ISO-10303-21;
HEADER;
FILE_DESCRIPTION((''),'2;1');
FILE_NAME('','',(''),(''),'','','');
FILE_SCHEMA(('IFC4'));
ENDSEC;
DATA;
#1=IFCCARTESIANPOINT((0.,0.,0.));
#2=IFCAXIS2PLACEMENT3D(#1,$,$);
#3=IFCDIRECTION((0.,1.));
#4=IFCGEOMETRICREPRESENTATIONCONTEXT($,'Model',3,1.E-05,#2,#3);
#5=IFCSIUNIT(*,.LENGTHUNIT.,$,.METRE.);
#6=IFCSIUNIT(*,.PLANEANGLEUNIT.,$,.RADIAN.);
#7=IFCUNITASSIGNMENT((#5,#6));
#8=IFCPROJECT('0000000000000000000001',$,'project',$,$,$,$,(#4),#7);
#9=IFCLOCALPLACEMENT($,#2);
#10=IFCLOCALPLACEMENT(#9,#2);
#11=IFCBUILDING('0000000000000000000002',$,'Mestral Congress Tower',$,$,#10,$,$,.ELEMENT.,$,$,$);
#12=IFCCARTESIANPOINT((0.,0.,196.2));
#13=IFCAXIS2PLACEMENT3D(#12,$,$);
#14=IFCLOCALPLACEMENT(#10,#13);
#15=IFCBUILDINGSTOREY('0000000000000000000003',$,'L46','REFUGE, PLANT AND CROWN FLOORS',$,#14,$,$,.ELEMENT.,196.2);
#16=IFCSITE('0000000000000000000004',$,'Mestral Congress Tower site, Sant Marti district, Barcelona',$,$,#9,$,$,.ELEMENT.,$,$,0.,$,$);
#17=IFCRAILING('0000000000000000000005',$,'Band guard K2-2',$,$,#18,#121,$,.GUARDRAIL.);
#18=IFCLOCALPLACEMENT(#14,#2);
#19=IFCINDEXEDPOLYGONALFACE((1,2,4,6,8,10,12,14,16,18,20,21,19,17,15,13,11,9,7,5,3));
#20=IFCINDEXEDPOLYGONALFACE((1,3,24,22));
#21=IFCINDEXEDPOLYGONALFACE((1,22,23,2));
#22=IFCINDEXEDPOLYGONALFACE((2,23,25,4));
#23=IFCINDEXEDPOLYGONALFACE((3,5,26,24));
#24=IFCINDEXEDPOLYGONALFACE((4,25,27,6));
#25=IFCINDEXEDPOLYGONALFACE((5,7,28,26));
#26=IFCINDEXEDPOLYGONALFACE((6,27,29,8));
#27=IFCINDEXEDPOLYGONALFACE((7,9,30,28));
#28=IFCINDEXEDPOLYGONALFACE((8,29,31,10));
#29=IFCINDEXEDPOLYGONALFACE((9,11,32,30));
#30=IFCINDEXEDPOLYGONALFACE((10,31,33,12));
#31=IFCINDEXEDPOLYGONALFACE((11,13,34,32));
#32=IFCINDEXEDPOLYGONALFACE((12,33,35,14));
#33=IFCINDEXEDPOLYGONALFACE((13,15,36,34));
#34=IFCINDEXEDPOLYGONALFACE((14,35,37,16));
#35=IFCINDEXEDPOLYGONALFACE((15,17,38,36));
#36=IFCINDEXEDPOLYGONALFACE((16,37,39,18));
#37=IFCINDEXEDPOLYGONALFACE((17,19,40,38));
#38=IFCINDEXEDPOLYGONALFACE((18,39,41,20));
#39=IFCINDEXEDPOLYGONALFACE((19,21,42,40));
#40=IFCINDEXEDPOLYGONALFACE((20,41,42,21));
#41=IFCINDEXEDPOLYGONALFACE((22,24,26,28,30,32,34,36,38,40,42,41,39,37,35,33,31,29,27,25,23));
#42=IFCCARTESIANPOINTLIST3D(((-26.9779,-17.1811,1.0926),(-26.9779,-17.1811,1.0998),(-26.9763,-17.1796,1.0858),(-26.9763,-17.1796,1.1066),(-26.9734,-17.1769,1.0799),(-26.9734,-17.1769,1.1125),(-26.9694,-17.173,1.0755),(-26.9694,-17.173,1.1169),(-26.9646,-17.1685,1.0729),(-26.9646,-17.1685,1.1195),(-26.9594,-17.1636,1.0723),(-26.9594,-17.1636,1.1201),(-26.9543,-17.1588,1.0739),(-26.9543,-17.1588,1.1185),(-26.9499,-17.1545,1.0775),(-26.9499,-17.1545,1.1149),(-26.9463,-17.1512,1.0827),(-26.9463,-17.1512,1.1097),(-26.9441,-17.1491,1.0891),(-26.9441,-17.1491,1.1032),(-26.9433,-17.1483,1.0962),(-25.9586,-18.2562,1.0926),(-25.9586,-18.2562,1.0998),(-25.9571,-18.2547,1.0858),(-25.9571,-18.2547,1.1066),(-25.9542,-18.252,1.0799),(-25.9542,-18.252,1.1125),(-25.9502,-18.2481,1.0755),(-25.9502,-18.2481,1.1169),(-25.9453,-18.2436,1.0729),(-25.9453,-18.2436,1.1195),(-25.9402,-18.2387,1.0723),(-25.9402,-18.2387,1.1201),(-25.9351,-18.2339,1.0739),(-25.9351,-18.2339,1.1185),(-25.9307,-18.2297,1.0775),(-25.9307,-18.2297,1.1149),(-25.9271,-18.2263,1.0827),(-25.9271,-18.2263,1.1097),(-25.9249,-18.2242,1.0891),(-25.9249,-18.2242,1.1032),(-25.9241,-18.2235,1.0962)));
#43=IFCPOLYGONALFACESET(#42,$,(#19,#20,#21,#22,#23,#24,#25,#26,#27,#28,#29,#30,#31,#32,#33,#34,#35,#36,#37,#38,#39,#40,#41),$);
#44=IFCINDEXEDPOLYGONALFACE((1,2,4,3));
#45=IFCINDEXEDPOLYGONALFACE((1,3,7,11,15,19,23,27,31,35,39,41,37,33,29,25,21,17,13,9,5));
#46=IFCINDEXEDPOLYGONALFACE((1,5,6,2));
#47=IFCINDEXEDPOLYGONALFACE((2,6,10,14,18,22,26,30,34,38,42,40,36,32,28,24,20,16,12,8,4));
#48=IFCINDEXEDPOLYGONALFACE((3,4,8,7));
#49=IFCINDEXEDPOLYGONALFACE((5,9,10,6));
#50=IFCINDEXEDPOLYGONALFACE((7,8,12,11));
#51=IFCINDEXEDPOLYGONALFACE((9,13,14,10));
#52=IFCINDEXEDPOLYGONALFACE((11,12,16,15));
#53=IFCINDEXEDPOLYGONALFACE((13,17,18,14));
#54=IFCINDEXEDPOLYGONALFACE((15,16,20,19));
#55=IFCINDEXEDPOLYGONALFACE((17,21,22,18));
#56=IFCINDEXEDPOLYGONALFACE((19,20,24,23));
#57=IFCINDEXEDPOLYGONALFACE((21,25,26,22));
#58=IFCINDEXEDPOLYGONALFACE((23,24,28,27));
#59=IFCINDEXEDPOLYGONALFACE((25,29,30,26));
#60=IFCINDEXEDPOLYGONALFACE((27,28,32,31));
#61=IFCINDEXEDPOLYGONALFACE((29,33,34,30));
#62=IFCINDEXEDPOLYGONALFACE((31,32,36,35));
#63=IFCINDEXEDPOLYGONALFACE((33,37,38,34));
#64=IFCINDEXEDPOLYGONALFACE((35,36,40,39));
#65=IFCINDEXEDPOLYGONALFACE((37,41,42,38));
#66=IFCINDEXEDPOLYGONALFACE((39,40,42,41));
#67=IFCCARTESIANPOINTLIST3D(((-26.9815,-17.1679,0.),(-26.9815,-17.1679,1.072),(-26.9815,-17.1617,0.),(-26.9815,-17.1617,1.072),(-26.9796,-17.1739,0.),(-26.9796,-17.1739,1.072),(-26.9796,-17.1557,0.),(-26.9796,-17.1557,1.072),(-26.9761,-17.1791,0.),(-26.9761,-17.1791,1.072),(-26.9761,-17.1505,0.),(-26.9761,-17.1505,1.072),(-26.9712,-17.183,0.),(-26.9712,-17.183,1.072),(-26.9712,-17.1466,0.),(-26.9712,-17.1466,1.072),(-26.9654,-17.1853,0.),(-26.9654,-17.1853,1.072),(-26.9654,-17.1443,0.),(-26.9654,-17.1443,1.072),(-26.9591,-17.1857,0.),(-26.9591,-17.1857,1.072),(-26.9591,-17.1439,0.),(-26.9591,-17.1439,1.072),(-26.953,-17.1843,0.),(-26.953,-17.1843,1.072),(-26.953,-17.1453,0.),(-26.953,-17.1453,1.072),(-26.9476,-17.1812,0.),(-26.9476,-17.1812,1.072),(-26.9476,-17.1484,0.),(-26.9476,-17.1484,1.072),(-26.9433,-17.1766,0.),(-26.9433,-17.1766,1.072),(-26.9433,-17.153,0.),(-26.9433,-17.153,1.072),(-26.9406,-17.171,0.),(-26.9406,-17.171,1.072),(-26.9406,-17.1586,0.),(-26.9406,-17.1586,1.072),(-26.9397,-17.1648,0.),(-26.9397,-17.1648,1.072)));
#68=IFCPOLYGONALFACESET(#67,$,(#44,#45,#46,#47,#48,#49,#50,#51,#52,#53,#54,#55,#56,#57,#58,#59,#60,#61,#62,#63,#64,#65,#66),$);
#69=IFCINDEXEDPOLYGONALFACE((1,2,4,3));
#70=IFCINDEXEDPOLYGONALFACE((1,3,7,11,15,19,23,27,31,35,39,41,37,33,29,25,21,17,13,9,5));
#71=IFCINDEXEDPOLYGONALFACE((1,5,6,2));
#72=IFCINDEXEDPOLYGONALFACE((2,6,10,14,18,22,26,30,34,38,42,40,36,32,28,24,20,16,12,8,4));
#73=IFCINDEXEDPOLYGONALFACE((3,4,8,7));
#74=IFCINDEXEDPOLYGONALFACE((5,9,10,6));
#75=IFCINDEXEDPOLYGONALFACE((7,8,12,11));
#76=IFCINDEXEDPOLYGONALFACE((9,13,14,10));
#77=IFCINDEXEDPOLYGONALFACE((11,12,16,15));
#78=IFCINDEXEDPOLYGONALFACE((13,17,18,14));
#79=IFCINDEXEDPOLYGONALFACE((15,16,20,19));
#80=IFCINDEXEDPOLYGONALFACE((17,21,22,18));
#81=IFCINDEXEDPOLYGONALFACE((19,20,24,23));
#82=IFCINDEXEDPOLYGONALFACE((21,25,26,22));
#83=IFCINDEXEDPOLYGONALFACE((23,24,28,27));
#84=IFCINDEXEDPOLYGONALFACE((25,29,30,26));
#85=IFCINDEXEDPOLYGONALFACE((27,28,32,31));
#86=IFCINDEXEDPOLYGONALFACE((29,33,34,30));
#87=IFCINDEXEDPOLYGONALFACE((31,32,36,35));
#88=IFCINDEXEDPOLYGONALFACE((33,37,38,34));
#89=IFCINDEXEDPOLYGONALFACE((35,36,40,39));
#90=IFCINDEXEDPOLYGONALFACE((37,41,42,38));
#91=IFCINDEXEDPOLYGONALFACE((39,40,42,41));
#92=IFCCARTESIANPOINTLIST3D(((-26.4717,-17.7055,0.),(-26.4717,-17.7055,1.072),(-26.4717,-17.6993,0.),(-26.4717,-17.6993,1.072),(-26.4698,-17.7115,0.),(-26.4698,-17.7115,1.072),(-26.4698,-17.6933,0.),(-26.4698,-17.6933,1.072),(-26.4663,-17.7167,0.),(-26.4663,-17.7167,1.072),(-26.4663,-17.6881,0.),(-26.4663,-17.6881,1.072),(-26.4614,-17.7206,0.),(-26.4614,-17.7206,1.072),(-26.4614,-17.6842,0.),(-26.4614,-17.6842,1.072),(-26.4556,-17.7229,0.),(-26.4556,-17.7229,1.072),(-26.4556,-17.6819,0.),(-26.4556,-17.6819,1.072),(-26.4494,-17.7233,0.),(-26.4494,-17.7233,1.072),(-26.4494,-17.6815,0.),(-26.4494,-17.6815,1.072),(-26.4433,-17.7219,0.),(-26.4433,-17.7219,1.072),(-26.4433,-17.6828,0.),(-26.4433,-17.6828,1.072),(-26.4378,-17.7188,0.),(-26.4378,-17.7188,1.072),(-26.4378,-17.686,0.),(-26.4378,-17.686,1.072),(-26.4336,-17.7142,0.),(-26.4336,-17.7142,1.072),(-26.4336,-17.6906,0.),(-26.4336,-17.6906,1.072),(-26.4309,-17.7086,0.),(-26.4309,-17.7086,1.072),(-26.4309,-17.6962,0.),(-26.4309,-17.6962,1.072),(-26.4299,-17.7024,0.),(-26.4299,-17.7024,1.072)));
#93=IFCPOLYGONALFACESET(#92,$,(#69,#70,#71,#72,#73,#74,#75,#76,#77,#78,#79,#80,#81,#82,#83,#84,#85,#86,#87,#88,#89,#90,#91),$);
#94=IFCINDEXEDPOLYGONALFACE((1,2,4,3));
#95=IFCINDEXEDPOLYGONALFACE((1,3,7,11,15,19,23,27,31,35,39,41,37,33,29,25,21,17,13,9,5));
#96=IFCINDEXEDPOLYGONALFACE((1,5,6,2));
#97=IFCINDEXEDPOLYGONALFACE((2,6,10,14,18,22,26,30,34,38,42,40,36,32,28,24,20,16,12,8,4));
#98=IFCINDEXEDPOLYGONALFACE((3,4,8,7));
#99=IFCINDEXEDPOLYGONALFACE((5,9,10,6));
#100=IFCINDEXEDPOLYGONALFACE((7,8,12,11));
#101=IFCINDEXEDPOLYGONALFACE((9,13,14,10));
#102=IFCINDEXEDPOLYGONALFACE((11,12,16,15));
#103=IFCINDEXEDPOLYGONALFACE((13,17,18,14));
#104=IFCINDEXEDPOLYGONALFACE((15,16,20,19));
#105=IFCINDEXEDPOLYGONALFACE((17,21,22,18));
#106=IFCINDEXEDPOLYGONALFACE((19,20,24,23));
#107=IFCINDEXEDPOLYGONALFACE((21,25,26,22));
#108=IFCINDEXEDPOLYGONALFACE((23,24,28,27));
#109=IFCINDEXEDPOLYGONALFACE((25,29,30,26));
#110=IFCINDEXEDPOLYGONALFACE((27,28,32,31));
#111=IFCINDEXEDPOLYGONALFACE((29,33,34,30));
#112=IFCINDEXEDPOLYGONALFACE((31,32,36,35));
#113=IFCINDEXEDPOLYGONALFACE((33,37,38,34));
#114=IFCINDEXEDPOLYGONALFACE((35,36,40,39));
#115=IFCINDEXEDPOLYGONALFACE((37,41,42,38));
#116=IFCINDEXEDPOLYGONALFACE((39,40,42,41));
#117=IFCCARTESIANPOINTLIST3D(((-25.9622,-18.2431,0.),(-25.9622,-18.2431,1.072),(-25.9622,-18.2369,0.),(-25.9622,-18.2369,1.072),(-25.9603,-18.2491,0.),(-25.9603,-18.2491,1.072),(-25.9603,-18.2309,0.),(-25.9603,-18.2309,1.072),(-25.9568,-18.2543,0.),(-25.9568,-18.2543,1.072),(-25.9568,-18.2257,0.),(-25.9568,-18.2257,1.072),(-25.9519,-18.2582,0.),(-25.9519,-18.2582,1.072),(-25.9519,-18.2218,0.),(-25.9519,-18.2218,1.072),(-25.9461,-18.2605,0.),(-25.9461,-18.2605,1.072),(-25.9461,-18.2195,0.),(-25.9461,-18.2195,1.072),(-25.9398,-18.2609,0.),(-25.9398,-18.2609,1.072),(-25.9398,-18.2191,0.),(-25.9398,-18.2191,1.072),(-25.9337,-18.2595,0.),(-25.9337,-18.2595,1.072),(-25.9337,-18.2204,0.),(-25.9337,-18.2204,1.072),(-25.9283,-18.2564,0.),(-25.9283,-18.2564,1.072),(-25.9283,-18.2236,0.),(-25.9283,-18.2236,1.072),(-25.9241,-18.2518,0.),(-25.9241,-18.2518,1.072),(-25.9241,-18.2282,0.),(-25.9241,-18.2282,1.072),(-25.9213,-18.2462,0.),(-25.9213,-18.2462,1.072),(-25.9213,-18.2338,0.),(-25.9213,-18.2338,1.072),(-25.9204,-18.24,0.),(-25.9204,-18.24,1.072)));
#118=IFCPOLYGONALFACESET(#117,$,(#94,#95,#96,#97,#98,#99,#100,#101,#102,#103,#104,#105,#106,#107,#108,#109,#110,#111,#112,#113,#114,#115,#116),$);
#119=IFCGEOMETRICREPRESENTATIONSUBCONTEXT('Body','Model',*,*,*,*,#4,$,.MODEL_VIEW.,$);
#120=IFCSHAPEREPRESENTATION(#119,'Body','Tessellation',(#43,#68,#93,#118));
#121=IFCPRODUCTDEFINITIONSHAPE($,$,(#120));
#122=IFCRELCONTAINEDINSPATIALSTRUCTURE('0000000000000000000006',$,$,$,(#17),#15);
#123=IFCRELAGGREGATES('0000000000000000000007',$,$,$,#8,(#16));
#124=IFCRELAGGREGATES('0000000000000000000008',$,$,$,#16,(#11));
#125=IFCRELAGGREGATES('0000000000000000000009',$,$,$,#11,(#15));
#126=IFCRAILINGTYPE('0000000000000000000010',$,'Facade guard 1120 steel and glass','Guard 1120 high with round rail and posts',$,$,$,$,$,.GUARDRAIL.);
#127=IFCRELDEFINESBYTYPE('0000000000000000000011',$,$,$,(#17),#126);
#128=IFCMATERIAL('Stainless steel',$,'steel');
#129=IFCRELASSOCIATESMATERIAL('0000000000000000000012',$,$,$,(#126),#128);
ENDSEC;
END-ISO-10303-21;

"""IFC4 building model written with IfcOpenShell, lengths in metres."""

from ifc_helpers import new_model, si_unit, direction, frame, origin, origin_2d, place, context, subcontext, project, spatial, circle, extrude, material, type_object, element, save


model = new_model("IFC4")

# Units and contexts
model_context = context("Model", 3, precision=1e-05, world=origin(), true_north=direction((0.0, 1.0)))
body_context = subcontext(model_context, "Body", "Model", "MODEL_VIEW")
ifc_project = project(units=[si_unit("LENGTHUNIT", "METRE"), si_unit("PLANEANGLEUNIT", "RADIAN")], contexts=[model_context])

# Site, building, storey
site_placement = place(None, origin())
site = spatial("IfcSite", under=ifc_project, at=site_placement, Name="Mestral Congress Tower site, Sant Marti district, Barcelona", CompositionType="ELEMENT", RefElevation=0.0)
building_placement = place(site_placement, origin())
building = spatial("IfcBuilding", under=site, at=building_placement, Name="Mestral Congress Tower", CompositionType="ELEMENT")
storey_placement = place(building_placement, frame((0.0, 0.0, 196.2)))
storey = spatial("IfcBuildingStorey", under=building, at=storey_placement, Name="L46", Description="REFUGE, PLANT AND CROWN FLOORS", CompositionType="ELEMENT", Elevation=196.2)

# Railing
ifc_material_1 = material(Name="Stainless steel", Category="steel")
railing_type = type_object("IfcRailingType", Name="Facade guard 1120 steel and glass", Description="Guard 1120 high with round rail and posts", PredefinedType="GUARDRAIL", material=ifc_material_1)
railing_1_placement = place(storey_placement, frame((-26.9607, -17.1648, 0.0)))
element("IfcRailing", 1, at=railing_1_placement, inside=storey, type_object=railing_type, Name="Band guard K2-2", PredefinedType="GUARDRAIL", context=body_context, shape_type="SweptSolid", body=[
    extrude(circle(Radius=0.0239, at=origin_2d()), frame((0.0, 0.0, 1.0962), z_axis=(0.687987, -0.725723, 0.0), x_axis=(0.725723, 0.687987, 0.0)), (0.0, 0.0, 1.0), 1.4814),
    extrude(circle(Radius=0.021, at=origin_2d()), origin(), (0.0, 0.0, 1.0), 1.072),
    extrude(circle(Radius=0.021, at=origin_2d()), frame((0.5098, -0.5376, 0.0)), (0.0, 0.0, 1.0), 1.072),
    extrude(circle(Radius=0.021, at=origin_2d()), frame((1.0193, -1.0752, 0.0)), (0.0, 0.0, 1.0), 1.072),
])

save(model, "model.ifc")
